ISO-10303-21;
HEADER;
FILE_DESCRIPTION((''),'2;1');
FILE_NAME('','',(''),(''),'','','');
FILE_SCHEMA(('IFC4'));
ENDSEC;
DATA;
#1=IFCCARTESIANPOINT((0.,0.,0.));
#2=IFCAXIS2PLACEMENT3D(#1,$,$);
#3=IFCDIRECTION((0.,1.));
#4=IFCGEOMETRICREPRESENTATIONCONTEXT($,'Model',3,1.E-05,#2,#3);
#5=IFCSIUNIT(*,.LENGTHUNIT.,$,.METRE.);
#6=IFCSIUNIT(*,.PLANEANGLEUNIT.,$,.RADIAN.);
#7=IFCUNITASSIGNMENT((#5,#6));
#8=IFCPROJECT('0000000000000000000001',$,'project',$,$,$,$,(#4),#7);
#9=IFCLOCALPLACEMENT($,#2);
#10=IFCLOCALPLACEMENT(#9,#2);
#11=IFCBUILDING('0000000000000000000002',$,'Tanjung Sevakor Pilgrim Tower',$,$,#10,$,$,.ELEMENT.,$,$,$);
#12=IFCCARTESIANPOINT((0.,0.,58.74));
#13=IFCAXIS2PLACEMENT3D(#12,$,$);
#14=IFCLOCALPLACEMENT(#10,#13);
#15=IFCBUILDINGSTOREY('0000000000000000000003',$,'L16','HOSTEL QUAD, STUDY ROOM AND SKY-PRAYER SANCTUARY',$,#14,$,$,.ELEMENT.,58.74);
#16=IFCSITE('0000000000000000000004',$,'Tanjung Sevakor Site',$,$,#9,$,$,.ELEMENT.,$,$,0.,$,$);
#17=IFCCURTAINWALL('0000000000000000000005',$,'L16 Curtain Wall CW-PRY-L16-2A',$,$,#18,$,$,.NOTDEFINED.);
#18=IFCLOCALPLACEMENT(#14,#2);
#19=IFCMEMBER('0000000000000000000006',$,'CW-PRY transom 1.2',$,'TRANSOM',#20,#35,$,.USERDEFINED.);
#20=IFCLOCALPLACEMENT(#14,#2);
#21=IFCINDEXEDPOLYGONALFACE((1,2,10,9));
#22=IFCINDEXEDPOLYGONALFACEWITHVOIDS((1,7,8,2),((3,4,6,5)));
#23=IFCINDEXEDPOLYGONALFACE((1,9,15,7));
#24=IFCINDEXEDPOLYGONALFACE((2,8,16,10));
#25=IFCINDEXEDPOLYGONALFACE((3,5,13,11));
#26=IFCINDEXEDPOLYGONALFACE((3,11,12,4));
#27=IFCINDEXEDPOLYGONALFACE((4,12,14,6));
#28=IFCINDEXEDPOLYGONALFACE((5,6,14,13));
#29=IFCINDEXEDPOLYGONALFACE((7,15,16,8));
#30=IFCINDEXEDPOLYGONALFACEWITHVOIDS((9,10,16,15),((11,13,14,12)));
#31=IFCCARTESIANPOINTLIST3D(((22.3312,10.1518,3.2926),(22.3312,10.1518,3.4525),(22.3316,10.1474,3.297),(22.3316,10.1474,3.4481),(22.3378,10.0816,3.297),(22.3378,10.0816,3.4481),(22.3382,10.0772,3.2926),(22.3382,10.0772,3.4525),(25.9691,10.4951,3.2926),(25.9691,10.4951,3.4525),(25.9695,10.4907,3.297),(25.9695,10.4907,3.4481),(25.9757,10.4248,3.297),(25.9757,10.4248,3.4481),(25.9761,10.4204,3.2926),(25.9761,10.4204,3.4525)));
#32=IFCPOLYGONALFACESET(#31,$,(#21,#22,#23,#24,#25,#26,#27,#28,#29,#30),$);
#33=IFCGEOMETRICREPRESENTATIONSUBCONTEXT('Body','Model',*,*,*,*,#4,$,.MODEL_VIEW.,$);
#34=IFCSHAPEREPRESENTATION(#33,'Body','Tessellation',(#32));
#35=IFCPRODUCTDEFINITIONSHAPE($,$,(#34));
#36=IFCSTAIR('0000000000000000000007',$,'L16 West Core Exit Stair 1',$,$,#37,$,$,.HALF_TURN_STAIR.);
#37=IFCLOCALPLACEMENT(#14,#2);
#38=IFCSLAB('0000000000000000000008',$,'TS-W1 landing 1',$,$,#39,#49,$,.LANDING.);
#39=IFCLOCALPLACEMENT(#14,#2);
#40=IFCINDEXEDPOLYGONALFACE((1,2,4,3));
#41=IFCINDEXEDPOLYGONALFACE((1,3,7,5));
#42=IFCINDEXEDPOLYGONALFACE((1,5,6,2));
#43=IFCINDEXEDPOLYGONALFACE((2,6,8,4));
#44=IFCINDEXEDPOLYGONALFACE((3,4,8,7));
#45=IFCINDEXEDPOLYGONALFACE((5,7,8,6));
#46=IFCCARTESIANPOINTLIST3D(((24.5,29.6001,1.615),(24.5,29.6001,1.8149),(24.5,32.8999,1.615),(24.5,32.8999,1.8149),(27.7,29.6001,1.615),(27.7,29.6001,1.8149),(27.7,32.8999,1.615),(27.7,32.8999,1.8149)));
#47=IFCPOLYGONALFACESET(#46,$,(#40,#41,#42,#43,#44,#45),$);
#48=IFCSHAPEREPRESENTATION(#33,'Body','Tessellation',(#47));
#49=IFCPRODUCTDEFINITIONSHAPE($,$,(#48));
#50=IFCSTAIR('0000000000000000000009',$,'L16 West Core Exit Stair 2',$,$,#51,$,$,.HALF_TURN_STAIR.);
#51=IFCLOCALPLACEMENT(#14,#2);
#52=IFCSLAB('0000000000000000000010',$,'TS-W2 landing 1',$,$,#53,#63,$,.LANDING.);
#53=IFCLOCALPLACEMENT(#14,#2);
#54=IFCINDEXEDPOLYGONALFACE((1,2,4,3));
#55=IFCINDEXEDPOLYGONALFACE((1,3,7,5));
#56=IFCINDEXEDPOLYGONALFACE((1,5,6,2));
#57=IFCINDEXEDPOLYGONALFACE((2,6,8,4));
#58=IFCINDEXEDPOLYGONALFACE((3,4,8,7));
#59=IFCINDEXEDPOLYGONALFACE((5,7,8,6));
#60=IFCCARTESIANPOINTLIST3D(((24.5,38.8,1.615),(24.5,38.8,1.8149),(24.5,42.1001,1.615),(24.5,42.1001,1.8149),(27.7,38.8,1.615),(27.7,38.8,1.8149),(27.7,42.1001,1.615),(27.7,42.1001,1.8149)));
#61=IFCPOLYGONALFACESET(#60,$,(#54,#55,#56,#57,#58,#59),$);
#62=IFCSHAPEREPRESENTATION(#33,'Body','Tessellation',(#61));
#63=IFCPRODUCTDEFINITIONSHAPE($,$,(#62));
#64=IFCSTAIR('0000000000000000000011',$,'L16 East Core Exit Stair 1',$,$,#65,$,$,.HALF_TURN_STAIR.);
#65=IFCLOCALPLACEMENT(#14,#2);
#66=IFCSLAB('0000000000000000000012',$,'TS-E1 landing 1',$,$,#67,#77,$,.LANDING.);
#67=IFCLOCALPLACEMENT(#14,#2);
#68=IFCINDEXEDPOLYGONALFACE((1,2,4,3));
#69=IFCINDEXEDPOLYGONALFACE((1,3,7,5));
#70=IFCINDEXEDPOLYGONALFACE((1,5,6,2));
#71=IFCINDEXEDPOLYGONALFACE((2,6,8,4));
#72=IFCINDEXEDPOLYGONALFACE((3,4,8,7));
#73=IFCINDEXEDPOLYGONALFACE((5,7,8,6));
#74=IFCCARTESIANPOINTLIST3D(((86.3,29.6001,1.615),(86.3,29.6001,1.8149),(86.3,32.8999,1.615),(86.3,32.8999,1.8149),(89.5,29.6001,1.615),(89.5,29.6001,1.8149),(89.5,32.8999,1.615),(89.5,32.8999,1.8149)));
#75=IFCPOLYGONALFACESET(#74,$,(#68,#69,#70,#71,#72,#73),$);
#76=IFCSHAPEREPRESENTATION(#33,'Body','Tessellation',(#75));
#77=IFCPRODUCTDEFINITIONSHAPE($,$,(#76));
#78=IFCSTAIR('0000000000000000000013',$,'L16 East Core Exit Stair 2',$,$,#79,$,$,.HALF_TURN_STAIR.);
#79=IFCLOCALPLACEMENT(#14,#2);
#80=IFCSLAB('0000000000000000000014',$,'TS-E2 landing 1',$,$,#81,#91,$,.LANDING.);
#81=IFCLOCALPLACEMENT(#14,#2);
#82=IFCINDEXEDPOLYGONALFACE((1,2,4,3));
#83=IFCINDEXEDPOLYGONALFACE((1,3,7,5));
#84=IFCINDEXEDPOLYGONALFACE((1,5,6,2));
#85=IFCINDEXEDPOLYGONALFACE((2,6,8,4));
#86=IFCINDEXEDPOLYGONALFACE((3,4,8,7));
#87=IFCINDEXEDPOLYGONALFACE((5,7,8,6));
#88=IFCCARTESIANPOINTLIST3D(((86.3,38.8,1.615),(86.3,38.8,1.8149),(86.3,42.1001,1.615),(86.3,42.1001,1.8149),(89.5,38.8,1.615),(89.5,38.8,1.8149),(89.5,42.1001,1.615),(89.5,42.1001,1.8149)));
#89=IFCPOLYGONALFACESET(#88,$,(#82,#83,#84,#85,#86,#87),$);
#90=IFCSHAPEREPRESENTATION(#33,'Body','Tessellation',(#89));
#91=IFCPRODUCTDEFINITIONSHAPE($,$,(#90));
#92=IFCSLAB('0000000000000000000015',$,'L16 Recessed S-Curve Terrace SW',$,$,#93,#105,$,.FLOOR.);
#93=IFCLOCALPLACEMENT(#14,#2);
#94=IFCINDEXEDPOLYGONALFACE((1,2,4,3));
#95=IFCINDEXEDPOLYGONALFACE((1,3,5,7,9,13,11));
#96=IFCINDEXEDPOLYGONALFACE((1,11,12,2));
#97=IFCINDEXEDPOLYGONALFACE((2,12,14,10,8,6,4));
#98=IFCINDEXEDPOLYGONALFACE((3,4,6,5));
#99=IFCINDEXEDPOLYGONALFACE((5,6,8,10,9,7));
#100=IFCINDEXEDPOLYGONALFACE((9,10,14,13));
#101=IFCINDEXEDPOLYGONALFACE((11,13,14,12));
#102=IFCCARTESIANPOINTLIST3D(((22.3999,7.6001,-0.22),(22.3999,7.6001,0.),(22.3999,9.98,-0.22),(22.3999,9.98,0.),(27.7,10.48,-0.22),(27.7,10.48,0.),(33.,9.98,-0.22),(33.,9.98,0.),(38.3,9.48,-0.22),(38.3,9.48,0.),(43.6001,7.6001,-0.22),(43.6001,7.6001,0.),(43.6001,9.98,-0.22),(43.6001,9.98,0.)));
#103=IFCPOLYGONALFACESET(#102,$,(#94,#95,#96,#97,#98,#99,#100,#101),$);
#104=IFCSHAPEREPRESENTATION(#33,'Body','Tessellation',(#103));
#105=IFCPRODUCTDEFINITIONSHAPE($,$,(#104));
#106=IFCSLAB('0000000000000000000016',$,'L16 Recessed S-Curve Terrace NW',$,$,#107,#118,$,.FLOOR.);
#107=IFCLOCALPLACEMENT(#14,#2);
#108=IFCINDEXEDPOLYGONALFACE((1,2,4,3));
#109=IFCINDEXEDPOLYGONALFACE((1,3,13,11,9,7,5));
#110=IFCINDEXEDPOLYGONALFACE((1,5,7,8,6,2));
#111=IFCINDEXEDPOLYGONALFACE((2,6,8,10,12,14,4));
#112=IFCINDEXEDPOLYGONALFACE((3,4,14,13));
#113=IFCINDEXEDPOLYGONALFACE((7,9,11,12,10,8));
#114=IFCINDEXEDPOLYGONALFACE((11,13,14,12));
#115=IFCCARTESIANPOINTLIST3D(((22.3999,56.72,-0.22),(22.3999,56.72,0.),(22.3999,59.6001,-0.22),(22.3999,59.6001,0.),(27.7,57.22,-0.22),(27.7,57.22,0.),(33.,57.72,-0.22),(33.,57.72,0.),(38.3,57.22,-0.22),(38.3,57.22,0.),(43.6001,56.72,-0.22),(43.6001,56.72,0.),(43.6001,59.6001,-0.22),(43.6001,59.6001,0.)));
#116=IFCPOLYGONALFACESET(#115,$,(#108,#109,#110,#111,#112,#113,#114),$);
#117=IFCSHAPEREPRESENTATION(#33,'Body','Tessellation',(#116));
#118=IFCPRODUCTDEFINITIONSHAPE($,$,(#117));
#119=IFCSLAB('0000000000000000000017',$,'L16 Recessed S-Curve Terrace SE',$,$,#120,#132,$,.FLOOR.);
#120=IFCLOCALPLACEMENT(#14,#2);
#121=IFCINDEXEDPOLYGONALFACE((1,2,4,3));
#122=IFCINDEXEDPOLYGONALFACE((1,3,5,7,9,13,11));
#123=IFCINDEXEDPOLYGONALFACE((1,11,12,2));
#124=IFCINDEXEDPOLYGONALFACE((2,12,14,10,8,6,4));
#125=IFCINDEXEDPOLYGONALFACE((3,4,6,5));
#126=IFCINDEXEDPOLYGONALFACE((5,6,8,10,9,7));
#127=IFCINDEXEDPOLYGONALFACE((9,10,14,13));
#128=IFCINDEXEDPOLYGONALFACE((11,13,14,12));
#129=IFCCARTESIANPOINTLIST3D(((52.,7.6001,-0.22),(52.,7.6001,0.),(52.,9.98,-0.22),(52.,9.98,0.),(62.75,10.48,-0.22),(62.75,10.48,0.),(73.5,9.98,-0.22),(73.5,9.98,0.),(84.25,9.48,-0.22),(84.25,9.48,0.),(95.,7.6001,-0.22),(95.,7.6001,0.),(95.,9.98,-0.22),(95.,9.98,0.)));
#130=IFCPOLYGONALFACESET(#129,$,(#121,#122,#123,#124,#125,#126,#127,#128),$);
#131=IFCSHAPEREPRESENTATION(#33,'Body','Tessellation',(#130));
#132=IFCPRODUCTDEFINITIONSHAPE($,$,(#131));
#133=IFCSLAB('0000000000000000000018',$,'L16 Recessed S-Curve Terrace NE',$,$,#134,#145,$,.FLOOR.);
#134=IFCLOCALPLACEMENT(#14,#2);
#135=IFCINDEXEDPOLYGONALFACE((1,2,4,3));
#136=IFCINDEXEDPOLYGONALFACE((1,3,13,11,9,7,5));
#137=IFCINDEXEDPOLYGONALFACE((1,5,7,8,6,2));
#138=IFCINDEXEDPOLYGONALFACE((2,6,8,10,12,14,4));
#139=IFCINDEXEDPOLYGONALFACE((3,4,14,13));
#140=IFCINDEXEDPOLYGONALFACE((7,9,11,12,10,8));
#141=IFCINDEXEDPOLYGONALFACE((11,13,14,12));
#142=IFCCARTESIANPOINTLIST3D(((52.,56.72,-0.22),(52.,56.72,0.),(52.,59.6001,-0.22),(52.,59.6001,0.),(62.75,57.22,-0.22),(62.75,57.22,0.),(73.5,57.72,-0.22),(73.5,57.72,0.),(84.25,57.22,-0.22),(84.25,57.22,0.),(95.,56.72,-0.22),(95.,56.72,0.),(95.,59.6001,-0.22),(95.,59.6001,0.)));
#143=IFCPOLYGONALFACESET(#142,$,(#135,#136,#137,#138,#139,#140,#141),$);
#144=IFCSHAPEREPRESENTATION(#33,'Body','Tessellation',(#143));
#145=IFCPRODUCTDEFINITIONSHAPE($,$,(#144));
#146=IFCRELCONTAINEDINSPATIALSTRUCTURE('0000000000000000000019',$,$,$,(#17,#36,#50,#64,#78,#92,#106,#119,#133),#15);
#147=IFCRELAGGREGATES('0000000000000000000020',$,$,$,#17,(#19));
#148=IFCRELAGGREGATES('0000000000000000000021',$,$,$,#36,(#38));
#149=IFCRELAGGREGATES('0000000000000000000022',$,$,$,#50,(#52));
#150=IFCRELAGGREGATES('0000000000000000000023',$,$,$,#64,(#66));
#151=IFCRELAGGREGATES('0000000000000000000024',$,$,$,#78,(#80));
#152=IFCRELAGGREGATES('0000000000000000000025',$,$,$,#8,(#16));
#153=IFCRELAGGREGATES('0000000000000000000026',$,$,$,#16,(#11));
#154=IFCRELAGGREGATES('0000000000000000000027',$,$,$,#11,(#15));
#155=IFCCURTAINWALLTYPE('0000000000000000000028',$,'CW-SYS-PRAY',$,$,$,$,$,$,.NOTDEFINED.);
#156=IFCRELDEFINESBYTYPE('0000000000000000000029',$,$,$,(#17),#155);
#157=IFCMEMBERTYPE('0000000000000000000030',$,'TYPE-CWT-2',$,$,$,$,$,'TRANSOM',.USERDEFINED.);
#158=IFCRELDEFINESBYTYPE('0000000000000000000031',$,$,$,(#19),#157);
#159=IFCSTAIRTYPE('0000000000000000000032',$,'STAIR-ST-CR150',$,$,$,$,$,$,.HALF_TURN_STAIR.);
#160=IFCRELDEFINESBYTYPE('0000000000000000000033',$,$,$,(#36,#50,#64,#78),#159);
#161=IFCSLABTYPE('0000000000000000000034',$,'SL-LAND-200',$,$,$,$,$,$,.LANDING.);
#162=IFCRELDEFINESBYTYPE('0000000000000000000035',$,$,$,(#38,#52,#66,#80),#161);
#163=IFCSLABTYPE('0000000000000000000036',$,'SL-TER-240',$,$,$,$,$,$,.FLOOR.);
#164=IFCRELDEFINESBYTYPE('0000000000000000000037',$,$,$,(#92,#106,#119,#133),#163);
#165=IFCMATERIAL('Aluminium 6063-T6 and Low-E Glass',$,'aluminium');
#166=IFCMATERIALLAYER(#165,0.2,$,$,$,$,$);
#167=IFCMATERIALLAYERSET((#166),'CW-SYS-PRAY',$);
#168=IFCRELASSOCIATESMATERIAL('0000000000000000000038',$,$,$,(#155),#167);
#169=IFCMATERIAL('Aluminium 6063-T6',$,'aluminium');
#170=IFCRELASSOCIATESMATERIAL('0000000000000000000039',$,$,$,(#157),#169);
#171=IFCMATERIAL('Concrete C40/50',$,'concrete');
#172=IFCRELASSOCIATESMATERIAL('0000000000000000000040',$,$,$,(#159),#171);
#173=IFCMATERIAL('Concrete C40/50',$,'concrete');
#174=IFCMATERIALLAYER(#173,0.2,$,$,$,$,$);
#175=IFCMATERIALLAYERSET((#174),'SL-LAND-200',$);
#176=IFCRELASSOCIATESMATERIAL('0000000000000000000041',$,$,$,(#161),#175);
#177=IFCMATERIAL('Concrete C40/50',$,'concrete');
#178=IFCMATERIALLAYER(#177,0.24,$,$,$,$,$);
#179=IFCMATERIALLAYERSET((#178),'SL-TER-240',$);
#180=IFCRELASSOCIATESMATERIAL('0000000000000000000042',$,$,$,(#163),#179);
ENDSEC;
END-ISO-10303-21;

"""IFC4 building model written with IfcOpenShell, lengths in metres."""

from ifc_helpers import new_model, si_unit, direction, frame, origin, origin_2d, place, context, subcontext, project, spatial, polyline, hollow_rectangle, outline, extrude, material, layer, layer_set, material_profile, profile_set, type_object, element, aggregate, save


model = new_model("IFC4")

# Units and contexts
model_context = context("Model", 3, precision=1e-05, world=origin(), true_north=direction((0.0, 1.0)))
body_context = subcontext(model_context, "Body", "Model", "MODEL_VIEW")
ifc_project = project(units=[si_unit("LENGTHUNIT", "METRE"), si_unit("PLANEANGLEUNIT", "RADIAN")], contexts=[model_context])

# Site, building, storey
site_placement = place(None, origin())
site = spatial("IfcSite", under=ifc_project, at=site_placement, Name="Tanjung Sevakor Site", CompositionType="ELEMENT", RefElevation=0.0)
building_placement = place(site_placement, origin())
building = spatial("IfcBuilding", under=site, at=building_placement, Name="Tanjung Sevakor Pilgrim Tower", CompositionType="ELEMENT")
storey_placement = place(building_placement, frame((0.0, 0.0, 58.74)))
storey = spatial("IfcBuildingStorey", under=building, at=storey_placement, Name="L16", Description="HOSTEL QUAD, STUDY ROOM AND SKY-PRAYER SANCTUARY", CompositionType="ELEMENT", Elevation=58.74)

# Shared definitions
ifc_material_1 = material(Name="Aluminium 6063-T6 and Low-E Glass", Category="aluminium")
ifc_layer_1 = layer(ifc_material_1, 0.2)
ifc_layer_set_1 = layer_set([ifc_layer_1], Name="CW-SYS-PRAY")
curtain_wall_type = type_object("IfcCurtainWallType", Name="CW-SYS-PRAY", PredefinedType="NOTDEFINED", material=ifc_layer_set_1)

# Curtain wall
curtain_wall_1_placement = place(storey_placement, origin())
curtain_wall_1 = element("IfcCurtainWall", 1, at=curtain_wall_1_placement, inside=storey, type_object=curtain_wall_type, Name="L16 Curtain Wall CW-PRY-L16-2A", PredefinedType="NOTDEFINED")

# Member
ifc_material_2 = material(Name="Aluminium 6063-T6", Category="aluminium")
ifc_material_profile_1 = material_profile(ifc_material_2, hollow_rectangle(XDim=0.075, YDim=0.1599, WallThickness=0.0044, at=origin_2d()))
ifc_profile_set_1 = profile_set([ifc_material_profile_1], Name="Aluminium 6063-T6")
member_type_1 = type_object("IfcMemberType", Name="TYPE-CWT-2", ElementType="TRANSOM", PredefinedType="USERDEFINED", material=ifc_profile_set_1)
member_1_placement = place(storey_placement, frame((22.3347, 10.1145, 3.3726), z_axis=(0.995578, 0.093939, 0.0), x_axis=(-0.093939, 0.995578, 0.0)))
member_1 = element("IfcMember", 2, at=member_1_placement, type_object=member_type_1, Name="CW-PRY transom 1.2", ObjectType="TRANSOM", PredefinedType="USERDEFINED", context=body_context, shape_type="SweptSolid", body=[
    extrude(hollow_rectangle(XDim=0.075, YDim=0.1599, WallThickness=0.0044, at=origin_2d()), origin(), (0.0, 0.0, 1.0), 3.6541),
])
aggregate(curtain_wall_1, [member_1])

# Stairs, slabs
ifc_material_3 = material(Name="Concrete C40/50", Category="concrete")
stair_type = type_object("IfcStairType", Name="STAIR-ST-CR150", PredefinedType="HALF_TURN_STAIR", material=ifc_material_3)
stair_1_placement = place(storey_placement, origin())
stair_1 = element("IfcStair", 3, at=stair_1_placement, inside=storey, type_object=stair_type, Name="L16 West Core Exit Stair 1", PredefinedType="HALF_TURN_STAIR")
ifc_material_4 = material(Name="Concrete C40/50", Category="concrete")
ifc_layer_2 = layer(ifc_material_4, 0.2)
ifc_layer_set_2 = layer_set([ifc_layer_2], Name="SL-LAND-200")
slab_type_1 = type_object("IfcSlabType", Name="SL-LAND-200", PredefinedType="LANDING", material=ifc_layer_set_2)
slab_1_placement = place(storey_placement, frame((0.0, 0.0, 1.615)))
slab_1 = element("IfcSlab", 4, at=slab_1_placement, type_object=slab_type_1, Name="TS-W1 landing 1", PredefinedType="LANDING", context=body_context, shape_type="SweptSolid", body=[
    extrude(outline(polyline([(27.7, 29.6001), (27.7, 32.8999), (24.5, 32.8999), (24.5, 29.6001), (27.7, 29.6001)])), origin(), (0.0, 0.0, 1.0), 0.2),
])
aggregate(stair_1, [slab_1])
stair_2_placement = place(storey_placement, origin())
stair_2 = element("IfcStair", 5, at=stair_2_placement, inside=storey, type_object=stair_type, Name="L16 West Core Exit Stair 2", PredefinedType="HALF_TURN_STAIR")
slab_2_placement = place(storey_placement, frame((0.0, 0.0, 1.615)))
slab_2 = element("IfcSlab", 6, at=slab_2_placement, type_object=slab_type_1, Name="TS-W2 landing 1", PredefinedType="LANDING", context=body_context, shape_type="SweptSolid", body=[
    extrude(outline(polyline([(27.7, 38.8), (27.7, 42.1001), (24.5, 42.1001), (24.5, 38.8), (27.7, 38.8)])), origin(), (0.0, 0.0, 1.0), 0.2),
])
aggregate(stair_2, [slab_2])
stair_3_placement = place(storey_placement, origin())
stair_3 = element("IfcStair", 7, at=stair_3_placement, inside=storey, type_object=stair_type, Name="L16 East Core Exit Stair 1", PredefinedType="HALF_TURN_STAIR")
slab_3_placement = place(storey_placement, frame((0.0, 0.0, 1.615)))
slab_3 = element("IfcSlab", 8, at=slab_3_placement, type_object=slab_type_1, Name="TS-E1 landing 1", PredefinedType="LANDING", context=body_context, shape_type="SweptSolid", body=[
    extrude(outline(polyline([(89.5, 29.6001), (89.5, 32.8999), (86.3, 32.8999), (86.3, 29.6001), (89.5, 29.6001)])), origin(), (0.0, 0.0, 1.0), 0.2),
])
aggregate(stair_3, [slab_3])
stair_4_placement = place(storey_placement, origin())
stair_4 = element("IfcStair", 9, at=stair_4_placement, inside=storey, type_object=stair_type, Name="L16 East Core Exit Stair 2", PredefinedType="HALF_TURN_STAIR")
slab_4_placement = place(storey_placement, frame((0.0, 0.0, 1.615)))
slab_4 = element("IfcSlab", 10, at=slab_4_placement, type_object=slab_type_1, Name="TS-E2 landing 1", PredefinedType="LANDING", context=body_context, shape_type="SweptSolid", body=[
    extrude(outline(polyline([(89.5, 38.8), (89.5, 42.1001), (86.3, 42.1001), (86.3, 38.8), (89.5, 38.8)])), origin(), (0.0, 0.0, 1.0), 0.2),
])
aggregate(stair_4, [slab_4])

# Slabs
ifc_material_5 = material(Name="Concrete C40/50", Category="concrete")
ifc_layer_3 = layer(ifc_material_5, 0.24)
ifc_layer_set_3 = layer_set([ifc_layer_3], Name="SL-TER-240")
slab_type_2 = type_object("IfcSlabType", Name="SL-TER-240", PredefinedType="FLOOR", material=ifc_layer_set_3)
slab_5_placement = place(storey_placement, frame((0.0, 0.0, -0.22)))
element("IfcSlab", 11, at=slab_5_placement, inside=storey, type_object=slab_type_2, Name="L16 Recessed S-Curve Terrace SW", PredefinedType="FLOOR", context=body_context, shape_type="SweptSolid", body=[
    extrude(outline(polyline([(22.3999, 7.6001), (43.6001, 7.6001), (43.6001, 9.98), (38.3, 9.48), (33.0, 9.98), (27.7, 10.48), (22.3999, 9.98), (22.3999, 7.6001)])), origin(), (0.0, 0.0, 1.0), 0.22),
])
slab_6_placement = place(storey_placement, frame((0.0, 0.0, -0.22)))
element("IfcSlab", 12, at=slab_6_placement, inside=storey, type_object=slab_type_2, Name="L16 Recessed S-Curve Terrace NW", PredefinedType="FLOOR", context=body_context, shape_type="SweptSolid", body=[
    extrude(outline(polyline([(22.3999, 56.72), (27.7, 57.22), (33.0, 57.72), (38.3, 57.22), (43.6001, 56.72), (43.6001, 59.6001), (22.3999, 59.6001), (22.3999, 56.72)])), origin(), (0.0, 0.0, 1.0), 0.22),
])
slab_7_placement = place(storey_placement, frame((0.0, 0.0, -0.22)))
element("IfcSlab", 13, at=slab_7_placement, inside=storey, type_object=slab_type_2, Name="L16 Recessed S-Curve Terrace SE", PredefinedType="FLOOR", context=body_context, shape_type="SweptSolid", body=[
    extrude(outline(polyline([(52.0, 7.6001), (95.0, 7.6001), (95.0, 9.98), (84.25, 9.48), (73.5, 9.98), (62.75, 10.48), (52.0, 9.98), (52.0, 7.6001)])), origin(), (0.0, 0.0, 1.0), 0.22),
])
slab_8_placement = place(storey_placement, frame((0.0, 0.0, -0.22)))
element("IfcSlab", 14, at=slab_8_placement, inside=storey, type_object=slab_type_2, Name="L16 Recessed S-Curve Terrace NE", PredefinedType="FLOOR", context=body_context, shape_type="SweptSolid", body=[
    extrude(outline(polyline([(52.0, 56.72), (62.75, 57.22), (73.5, 57.72), (84.25, 57.22), (95.0, 56.72), (95.0, 59.6001), (52.0, 59.6001), (52.0, 56.72)])), origin(), (0.0, 0.0, 1.0), 0.22),
])

save(model, "model.ifc")
